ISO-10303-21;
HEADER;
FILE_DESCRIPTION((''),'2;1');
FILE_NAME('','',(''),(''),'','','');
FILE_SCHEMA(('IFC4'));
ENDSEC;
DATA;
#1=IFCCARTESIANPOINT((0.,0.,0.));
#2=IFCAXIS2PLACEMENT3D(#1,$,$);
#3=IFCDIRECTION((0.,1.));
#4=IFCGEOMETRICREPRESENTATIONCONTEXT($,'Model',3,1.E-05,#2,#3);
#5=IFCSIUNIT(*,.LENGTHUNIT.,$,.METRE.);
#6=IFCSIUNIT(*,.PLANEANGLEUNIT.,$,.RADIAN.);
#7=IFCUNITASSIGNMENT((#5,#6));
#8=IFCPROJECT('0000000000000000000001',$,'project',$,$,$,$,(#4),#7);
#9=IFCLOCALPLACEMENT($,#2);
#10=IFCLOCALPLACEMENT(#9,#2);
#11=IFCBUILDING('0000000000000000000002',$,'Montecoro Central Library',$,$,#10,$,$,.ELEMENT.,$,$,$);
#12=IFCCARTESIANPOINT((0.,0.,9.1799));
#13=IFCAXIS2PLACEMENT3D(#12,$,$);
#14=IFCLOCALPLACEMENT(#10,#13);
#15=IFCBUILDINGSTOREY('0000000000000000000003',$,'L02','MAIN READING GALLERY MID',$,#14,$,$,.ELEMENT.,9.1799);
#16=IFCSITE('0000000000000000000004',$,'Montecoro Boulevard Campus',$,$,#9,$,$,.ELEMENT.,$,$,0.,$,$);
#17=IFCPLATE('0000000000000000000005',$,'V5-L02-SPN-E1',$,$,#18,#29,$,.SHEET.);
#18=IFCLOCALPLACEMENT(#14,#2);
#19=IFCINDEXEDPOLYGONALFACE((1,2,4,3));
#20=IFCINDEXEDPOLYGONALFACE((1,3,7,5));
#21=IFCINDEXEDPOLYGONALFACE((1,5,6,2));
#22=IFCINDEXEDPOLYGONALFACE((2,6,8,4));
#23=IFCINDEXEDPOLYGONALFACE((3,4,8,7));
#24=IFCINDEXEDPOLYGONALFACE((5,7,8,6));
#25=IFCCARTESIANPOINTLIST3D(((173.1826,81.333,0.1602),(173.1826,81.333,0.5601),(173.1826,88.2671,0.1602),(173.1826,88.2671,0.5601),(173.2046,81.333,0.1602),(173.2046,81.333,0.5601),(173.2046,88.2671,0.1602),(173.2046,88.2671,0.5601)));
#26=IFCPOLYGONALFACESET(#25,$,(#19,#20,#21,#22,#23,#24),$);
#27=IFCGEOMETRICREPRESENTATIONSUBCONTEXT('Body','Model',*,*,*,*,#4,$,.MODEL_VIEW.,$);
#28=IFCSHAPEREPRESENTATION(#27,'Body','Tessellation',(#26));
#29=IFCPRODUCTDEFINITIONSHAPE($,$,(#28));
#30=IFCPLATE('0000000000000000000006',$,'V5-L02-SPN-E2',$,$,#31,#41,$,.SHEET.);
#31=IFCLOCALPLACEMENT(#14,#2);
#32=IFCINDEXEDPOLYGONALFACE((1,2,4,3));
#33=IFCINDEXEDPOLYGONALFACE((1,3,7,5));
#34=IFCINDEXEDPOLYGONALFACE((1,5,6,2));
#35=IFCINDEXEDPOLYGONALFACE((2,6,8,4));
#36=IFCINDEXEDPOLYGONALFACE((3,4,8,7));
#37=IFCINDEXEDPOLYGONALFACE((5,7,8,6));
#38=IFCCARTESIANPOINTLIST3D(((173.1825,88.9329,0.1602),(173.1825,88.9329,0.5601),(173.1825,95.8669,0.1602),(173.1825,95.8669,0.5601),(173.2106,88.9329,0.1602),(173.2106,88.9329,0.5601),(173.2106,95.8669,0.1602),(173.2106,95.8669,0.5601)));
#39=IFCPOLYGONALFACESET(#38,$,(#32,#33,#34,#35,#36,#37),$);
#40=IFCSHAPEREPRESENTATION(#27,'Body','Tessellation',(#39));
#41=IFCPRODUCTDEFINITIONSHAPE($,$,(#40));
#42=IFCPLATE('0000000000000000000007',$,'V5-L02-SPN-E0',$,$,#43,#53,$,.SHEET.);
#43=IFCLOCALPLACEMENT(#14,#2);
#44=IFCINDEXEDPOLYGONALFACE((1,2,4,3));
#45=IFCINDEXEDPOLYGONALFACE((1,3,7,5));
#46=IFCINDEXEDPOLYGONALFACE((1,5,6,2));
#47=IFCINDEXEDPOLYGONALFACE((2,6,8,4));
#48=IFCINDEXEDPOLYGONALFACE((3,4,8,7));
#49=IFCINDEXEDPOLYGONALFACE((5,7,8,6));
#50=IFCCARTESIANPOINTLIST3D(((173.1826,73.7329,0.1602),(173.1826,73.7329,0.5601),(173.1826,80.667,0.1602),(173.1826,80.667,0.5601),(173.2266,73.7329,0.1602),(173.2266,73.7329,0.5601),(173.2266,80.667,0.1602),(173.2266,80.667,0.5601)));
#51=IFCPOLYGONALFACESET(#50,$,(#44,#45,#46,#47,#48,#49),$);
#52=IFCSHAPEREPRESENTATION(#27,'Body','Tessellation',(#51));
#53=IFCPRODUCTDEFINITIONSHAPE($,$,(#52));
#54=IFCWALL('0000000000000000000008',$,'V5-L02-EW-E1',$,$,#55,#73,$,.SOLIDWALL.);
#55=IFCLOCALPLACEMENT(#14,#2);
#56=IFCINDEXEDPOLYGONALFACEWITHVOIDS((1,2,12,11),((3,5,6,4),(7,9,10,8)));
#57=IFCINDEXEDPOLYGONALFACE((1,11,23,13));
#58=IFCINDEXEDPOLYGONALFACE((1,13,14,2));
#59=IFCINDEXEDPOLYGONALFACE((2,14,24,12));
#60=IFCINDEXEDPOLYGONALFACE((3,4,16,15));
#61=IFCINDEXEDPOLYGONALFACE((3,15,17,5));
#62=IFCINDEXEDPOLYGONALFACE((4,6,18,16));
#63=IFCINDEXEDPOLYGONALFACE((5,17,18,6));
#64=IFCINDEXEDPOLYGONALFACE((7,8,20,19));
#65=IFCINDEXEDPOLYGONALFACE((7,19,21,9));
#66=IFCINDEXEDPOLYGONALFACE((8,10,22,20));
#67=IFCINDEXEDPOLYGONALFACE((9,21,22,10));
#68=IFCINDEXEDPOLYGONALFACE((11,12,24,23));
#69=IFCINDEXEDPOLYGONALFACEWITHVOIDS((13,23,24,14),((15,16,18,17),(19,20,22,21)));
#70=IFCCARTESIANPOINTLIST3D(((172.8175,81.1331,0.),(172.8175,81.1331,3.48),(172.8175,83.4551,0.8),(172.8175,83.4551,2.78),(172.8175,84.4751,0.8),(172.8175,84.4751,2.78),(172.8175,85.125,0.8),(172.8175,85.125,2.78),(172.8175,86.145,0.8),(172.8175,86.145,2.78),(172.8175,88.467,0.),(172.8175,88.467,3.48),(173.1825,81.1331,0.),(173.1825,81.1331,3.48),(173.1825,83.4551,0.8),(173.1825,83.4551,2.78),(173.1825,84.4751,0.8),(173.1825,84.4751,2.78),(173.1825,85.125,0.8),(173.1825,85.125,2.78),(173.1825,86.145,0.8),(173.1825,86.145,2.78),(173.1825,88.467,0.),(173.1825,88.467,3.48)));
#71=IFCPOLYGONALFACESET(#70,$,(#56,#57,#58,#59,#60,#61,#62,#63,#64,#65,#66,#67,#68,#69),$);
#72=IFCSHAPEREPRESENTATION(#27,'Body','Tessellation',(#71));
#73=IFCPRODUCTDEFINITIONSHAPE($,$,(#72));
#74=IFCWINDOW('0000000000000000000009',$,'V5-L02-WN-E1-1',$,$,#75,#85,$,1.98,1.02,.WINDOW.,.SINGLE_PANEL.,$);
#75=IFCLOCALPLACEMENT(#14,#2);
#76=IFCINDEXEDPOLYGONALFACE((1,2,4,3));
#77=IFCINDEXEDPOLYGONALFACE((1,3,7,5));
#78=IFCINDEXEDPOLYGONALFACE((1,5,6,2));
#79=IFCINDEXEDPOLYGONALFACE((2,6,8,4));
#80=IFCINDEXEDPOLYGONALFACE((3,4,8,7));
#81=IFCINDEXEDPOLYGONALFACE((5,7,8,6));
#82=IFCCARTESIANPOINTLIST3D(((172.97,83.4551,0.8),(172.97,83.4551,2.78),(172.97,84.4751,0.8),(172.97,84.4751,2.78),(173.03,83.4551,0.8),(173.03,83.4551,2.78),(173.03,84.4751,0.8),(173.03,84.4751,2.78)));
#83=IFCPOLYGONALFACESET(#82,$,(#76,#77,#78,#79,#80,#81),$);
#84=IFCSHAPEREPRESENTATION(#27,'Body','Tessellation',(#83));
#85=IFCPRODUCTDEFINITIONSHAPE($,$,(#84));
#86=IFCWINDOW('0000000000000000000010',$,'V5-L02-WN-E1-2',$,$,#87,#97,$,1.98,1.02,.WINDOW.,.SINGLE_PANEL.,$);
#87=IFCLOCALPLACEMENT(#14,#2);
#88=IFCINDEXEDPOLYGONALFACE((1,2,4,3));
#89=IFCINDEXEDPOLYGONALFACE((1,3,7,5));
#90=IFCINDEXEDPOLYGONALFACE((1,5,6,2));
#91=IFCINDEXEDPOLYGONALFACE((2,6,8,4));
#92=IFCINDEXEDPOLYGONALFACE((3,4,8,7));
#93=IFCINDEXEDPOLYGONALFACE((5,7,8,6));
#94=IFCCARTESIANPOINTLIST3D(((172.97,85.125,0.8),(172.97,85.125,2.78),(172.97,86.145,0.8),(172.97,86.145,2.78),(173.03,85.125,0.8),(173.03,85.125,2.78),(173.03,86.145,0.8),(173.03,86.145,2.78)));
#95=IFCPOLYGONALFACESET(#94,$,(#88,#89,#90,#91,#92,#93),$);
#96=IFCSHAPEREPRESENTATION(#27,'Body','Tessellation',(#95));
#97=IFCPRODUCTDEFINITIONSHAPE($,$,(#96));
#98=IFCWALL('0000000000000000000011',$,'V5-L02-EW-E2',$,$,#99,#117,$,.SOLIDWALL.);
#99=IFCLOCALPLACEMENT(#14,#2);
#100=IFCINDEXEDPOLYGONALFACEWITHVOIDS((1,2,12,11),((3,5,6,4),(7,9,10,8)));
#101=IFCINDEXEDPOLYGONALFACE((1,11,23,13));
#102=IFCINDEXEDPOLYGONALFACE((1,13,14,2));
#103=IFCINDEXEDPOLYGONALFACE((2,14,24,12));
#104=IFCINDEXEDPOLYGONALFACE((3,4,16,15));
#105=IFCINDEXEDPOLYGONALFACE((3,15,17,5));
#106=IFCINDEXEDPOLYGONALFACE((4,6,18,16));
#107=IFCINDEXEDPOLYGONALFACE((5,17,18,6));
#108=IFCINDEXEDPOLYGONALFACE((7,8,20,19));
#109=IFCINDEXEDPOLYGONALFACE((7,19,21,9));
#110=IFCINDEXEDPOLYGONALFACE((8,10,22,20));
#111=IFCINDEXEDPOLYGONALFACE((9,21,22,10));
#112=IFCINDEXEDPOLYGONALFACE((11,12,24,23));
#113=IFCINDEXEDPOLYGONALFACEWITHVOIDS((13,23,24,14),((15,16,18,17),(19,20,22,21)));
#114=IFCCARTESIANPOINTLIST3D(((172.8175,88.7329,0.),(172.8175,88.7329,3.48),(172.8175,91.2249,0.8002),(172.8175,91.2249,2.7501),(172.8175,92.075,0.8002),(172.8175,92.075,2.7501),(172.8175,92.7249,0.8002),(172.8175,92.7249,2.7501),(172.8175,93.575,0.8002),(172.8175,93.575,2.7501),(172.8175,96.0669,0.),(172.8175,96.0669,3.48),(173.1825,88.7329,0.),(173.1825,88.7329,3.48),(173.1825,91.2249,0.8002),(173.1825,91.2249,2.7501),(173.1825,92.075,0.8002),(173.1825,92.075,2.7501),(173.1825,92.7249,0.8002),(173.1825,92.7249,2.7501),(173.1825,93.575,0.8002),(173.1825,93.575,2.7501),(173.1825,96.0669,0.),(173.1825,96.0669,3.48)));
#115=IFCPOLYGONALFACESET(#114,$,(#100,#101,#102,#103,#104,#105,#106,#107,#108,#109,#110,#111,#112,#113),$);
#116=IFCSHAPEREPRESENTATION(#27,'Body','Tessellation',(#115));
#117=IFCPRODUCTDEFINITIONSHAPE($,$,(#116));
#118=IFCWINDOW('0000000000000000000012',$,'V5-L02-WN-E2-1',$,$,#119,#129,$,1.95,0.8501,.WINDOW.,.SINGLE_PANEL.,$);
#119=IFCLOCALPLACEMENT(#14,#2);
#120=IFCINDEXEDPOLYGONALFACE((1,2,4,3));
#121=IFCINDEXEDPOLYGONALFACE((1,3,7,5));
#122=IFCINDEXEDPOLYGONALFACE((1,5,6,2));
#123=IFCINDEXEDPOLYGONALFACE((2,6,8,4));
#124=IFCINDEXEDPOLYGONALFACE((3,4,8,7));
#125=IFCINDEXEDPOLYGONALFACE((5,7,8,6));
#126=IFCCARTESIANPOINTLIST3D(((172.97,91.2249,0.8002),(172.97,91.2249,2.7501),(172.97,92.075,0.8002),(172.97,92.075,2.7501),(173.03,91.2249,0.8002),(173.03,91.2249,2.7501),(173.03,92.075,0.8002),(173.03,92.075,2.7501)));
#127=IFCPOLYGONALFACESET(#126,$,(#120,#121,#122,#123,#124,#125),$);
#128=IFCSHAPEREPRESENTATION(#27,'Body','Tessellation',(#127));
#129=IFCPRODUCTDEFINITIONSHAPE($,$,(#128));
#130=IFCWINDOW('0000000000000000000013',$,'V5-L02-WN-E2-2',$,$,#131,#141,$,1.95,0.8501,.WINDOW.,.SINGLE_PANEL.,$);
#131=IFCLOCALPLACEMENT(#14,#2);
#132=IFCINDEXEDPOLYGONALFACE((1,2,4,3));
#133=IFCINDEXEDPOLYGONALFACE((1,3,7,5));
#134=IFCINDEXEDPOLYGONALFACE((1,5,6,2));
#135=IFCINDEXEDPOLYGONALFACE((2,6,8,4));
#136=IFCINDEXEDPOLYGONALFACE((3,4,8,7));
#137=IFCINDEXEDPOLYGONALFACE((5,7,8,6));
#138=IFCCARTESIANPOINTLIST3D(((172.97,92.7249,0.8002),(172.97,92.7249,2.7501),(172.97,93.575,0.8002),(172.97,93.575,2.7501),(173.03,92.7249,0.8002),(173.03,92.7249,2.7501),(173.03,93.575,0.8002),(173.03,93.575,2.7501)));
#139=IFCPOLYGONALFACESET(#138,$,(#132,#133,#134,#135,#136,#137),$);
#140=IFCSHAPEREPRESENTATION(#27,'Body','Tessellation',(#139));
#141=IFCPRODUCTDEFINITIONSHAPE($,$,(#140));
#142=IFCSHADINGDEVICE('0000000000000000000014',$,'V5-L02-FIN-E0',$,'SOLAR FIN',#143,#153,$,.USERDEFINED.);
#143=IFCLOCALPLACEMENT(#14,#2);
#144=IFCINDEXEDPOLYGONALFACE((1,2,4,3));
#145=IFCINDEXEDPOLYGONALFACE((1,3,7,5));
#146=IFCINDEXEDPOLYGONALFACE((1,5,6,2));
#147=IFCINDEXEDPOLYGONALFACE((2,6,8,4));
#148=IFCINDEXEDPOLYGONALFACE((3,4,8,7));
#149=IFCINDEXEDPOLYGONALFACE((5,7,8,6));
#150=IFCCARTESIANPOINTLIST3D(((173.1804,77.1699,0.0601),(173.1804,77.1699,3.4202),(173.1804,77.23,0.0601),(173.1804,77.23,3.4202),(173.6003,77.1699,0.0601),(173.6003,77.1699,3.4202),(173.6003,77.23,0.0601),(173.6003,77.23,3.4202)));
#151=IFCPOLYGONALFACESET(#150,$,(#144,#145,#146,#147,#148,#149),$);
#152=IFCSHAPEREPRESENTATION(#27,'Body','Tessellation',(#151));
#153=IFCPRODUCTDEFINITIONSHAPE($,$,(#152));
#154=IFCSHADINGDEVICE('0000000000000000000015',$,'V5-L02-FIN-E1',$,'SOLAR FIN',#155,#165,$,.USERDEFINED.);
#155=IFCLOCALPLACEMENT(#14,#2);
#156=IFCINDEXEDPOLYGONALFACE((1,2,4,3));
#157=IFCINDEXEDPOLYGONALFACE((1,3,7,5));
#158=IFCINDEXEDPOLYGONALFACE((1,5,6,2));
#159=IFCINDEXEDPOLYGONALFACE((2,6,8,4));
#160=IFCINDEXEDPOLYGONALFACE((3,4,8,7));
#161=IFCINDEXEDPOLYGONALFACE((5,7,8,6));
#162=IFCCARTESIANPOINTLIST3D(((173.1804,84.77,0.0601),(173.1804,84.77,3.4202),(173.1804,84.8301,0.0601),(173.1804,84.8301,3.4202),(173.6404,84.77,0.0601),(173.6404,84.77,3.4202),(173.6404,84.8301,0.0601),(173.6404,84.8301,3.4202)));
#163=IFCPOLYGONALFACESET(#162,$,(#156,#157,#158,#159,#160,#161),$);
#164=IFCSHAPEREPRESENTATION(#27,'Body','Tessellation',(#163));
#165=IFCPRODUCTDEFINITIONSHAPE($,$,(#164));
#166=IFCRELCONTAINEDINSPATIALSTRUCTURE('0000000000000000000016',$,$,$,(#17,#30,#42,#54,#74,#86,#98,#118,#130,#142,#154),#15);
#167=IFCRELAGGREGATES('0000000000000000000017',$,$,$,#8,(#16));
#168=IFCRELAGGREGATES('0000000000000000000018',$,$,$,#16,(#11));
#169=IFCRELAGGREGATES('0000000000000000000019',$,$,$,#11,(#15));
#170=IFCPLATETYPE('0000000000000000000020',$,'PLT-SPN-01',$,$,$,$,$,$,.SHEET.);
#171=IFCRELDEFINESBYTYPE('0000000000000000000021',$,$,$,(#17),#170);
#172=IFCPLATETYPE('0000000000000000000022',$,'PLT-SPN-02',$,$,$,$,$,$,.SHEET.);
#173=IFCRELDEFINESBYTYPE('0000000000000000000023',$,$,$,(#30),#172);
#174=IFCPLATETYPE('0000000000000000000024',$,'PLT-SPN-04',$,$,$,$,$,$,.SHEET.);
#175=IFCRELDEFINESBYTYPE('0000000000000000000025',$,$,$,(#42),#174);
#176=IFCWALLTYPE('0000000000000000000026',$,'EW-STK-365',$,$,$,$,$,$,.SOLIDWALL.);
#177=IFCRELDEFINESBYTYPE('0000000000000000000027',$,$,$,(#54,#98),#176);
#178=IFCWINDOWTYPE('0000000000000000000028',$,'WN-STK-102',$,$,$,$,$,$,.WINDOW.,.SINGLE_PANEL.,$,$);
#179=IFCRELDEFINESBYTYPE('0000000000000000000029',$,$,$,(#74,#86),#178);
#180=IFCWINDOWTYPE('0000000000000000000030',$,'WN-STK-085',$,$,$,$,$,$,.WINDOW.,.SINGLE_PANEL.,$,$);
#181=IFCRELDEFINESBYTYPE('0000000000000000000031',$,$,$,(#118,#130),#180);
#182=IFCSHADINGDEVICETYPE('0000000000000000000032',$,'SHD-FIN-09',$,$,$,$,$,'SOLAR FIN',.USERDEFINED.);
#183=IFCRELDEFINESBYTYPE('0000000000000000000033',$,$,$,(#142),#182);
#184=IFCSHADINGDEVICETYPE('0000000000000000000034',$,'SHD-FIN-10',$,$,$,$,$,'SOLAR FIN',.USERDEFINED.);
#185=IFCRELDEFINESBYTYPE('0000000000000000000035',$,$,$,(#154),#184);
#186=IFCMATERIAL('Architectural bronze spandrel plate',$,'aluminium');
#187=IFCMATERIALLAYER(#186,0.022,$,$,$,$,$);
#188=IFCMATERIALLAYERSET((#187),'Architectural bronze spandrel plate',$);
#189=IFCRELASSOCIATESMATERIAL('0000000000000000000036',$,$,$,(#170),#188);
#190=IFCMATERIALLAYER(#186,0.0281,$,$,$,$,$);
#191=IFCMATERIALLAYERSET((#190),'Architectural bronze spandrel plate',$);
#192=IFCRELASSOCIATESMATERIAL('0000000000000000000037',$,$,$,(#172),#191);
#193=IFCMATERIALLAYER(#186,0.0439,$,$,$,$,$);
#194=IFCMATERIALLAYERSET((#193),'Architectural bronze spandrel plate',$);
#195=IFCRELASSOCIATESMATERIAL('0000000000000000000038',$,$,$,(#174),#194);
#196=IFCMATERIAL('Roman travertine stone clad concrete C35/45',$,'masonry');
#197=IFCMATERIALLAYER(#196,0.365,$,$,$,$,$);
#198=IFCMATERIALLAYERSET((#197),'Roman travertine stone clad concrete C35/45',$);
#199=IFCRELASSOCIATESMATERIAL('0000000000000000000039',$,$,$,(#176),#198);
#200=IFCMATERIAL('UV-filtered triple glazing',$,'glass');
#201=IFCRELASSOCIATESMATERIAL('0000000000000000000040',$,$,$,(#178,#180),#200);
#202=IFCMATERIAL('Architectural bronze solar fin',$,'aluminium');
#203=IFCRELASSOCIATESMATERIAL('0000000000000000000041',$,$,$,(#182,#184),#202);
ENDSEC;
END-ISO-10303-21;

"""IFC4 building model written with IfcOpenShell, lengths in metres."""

from ifc_helpers import new_model, si_unit, direction, frame, frame_2d, origin, origin_2d, place, context, subcontext, project, spatial, rectangle, extrude, material, layer, layer_set, type_object, element, fill, save


model = new_model("IFC4")

# Units and contexts
model_context = context("Model", 3, precision=1e-05, world=origin(), true_north=direction((0.0, 1.0)))
body_context = subcontext(model_context, "Body", "Model", "MODEL_VIEW")
ifc_project = project(units=[si_unit("LENGTHUNIT", "METRE"), si_unit("PLANEANGLEUNIT", "RADIAN")], contexts=[model_context])

# Site, building, storey
site_placement = place(None, origin())
site = spatial("IfcSite", under=ifc_project, at=site_placement, Name="Montecoro Boulevard Campus", CompositionType="ELEMENT", RefElevation=0.0)
building_placement = place(site_placement, origin())
building = spatial("IfcBuilding", under=site, at=building_placement, Name="Montecoro Central Library", CompositionType="ELEMENT")
storey_placement = place(building_placement, frame((0.0, 0.0, 9.1799)))
storey = spatial("IfcBuildingStorey", under=building, at=storey_placement, Name="L02", Description="MAIN READING GALLERY MID", CompositionType="ELEMENT", Elevation=9.1799)

# Plates
ifc_material_1 = material(Name="Architectural bronze spandrel plate", Category="aluminium")
ifc_layer_1 = layer(ifc_material_1, 0.022)
ifc_layer_set_1 = layer_set([ifc_layer_1], Name="Architectural bronze spandrel plate")
plate_type_1 = type_object("IfcPlateType", Name="PLT-SPN-01", PredefinedType="SHEET", material=ifc_layer_set_1)
plate_1_placement = place(storey_placement, frame((173.1936, 84.8, 0.1602), z_axis=(0.0, 0.0, 1.0), x_axis=(0.0, 1.0, 0.0)))
element("IfcPlate", 1, at=plate_1_placement, inside=storey, type_object=plate_type_1, Name="V5-L02-SPN-E1", PredefinedType="SHEET", context=body_context, shape_type="SweptSolid", body=[
    extrude(rectangle(XDim=6.9341, YDim=0.022, at=origin_2d()), origin(), (0.0, 0.0, 1.0), 0.3999),
])
ifc_layer_2 = layer(ifc_material_1, 0.0281)
ifc_layer_set_2 = layer_set([ifc_layer_2], Name="Architectural bronze spandrel plate")
plate_type_2 = type_object("IfcPlateType", Name="PLT-SPN-02", PredefinedType="SHEET", material=ifc_layer_set_2)
plate_2_placement = place(storey_placement, frame((173.1965, 92.3999, 0.1602), z_axis=(0.0, 0.0, 1.0), x_axis=(0.0, 1.0, 0.0)))
element("IfcPlate", 2, at=plate_2_placement, inside=storey, type_object=plate_type_2, Name="V5-L02-SPN-E2", PredefinedType="SHEET", context=body_context, shape_type="SweptSolid", body=[
    extrude(rectangle(XDim=6.9341, YDim=0.0281, at=origin_2d()), origin(), (0.0, 0.0, 1.0), 0.3999),
])
ifc_layer_3 = layer(ifc_material_1, 0.0439)
ifc_layer_set_3 = layer_set([ifc_layer_3], Name="Architectural bronze spandrel plate")
plate_type_3 = type_object("IfcPlateType", Name="PLT-SPN-04", PredefinedType="SHEET", material=ifc_layer_set_3)
plate_3_placement = place(storey_placement, frame((173.2046, 77.2, 0.1602), z_axis=(0.0, 0.0, 1.0), x_axis=(0.0, 1.0, 0.0)))
element("IfcPlate", 3, at=plate_3_placement, inside=storey, type_object=plate_type_3, Name="V5-L02-SPN-E0", PredefinedType="SHEET", context=body_context, shape_type="SweptSolid", body=[
    extrude(rectangle(XDim=6.9341, YDim=0.0439, at=origin_2d()), origin(), (0.0, 0.0, 1.0), 0.3999),
])

# Walls, openings, windows
ifc_material_2 = material(Name="Roman travertine stone clad concrete C35/45", Category="masonry")
ifc_layer_4 = layer(ifc_material_2, 0.365)
ifc_layer_set_4 = layer_set([ifc_layer_4], Name="Roman travertine stone clad concrete C35/45")
wall_type = type_object("IfcWallType", Name="EW-STK-365", PredefinedType="SOLIDWALL", material=ifc_layer_set_4)
wall_1_placement = place(storey_placement, frame((173.0, 81.1331, 0.0), z_axis=(0.0, 0.0, 1.0), x_axis=(0.0, 1.0, 0.0)))
wall_1 = element("IfcWall", 4, at=wall_1_placement, inside=storey, type_object=wall_type, Name="V5-L02-EW-E1", PredefinedType="SOLIDWALL", context=body_context, shape_type="SweptSolid", body=[
    extrude(rectangle(XDim=7.334, YDim=0.365, at=frame_2d((3.667, 0.0))), origin(), (0.0, 0.0, 1.0), 3.48),
])
opening_1_placement = place(wall_1_placement, frame((2.322, 0.0, 0.8)))
opening_1 = element("IfcOpeningElement", 5, at=opening_1_placement, cuts=wall_1, PredefinedType="OPENING", context=body_context, shape_type="SweptSolid", body=[
    extrude(rectangle(XDim=1.02, YDim=1.98, at=frame_2d((0.51, 0.99))), frame((0.0, 0.1924, 0.0), z_axis=(0.0, -1.0, 0.0), x_axis=(1.0, 0.0, 0.0)), (0.0, 0.0, 1.0), 0.385),
])
opening_2_placement = place(wall_1_placement, frame((3.9919, 0.0, 0.8)))
opening_2 = element("IfcOpeningElement", 6, at=opening_2_placement, cuts=wall_1, PredefinedType="OPENING", context=body_context, shape_type="SweptSolid", body=[
    extrude(rectangle(XDim=1.02, YDim=1.98, at=frame_2d((0.51, 0.99))), frame((0.0, 0.1924, 0.0), z_axis=(0.0, -1.0, 0.0), x_axis=(1.0, 0.0, 0.0)), (0.0, 0.0, 1.0), 0.385),
])
ifc_material_3 = material(Name="UV-filtered triple glazing", Category="glass")
window_type_1 = type_object("IfcWindowType", Name="WN-STK-102", PartitioningType="SINGLE_PANEL", PredefinedType="WINDOW", material=ifc_material_3)
window_1_placement = place(opening_1_placement, origin())
window_1 = element("IfcWindow", 7, at=window_1_placement, inside=storey, type_object=window_type_1, Name="V5-L02-WN-E1-1", OverallHeight=1.98, OverallWidth=1.02, PartitioningType="SINGLE_PANEL", PredefinedType="WINDOW", context=body_context, shape_type="SweptSolid", body=[
    extrude(rectangle(XDim=1.02, YDim=1.98, at=frame_2d((0.51, 0.99))), frame((0.0, 0.03, 0.0), z_axis=(0.0, -1.0, 0.0), x_axis=(1.0, 0.0, 0.0)), (0.0, 0.0, 1.0), 0.0601),
])
fill(opening_1, window_1)
window_2_placement = place(opening_2_placement, origin())
window_2 = element("IfcWindow", 8, at=window_2_placement, inside=storey, type_object=window_type_1, Name="V5-L02-WN-E1-2", OverallHeight=1.98, OverallWidth=1.02, PartitioningType="SINGLE_PANEL", PredefinedType="WINDOW", context=body_context, shape_type="SweptSolid", body=[
    extrude(rectangle(XDim=1.02, YDim=1.98, at=frame_2d((0.51, 0.99))), frame((0.0, 0.03, 0.0), z_axis=(0.0, -1.0, 0.0), x_axis=(1.0, 0.0, 0.0)), (0.0, 0.0, 1.0), 0.0601),
])
fill(opening_2, window_2)
wall_2_placement = place(storey_placement, frame((173.0, 88.7329, 0.0), z_axis=(0.0, 0.0, 1.0), x_axis=(0.0, 1.0, 0.0)))
wall_2 = element("IfcWall", 9, at=wall_2_placement, inside=storey, type_object=wall_type, Name="V5-L02-EW-E2", PredefinedType="SOLIDWALL", context=body_context, shape_type="SweptSolid", body=[
    extrude(rectangle(XDim=7.334, YDim=0.365, at=frame_2d((3.667, 0.0))), origin(), (0.0, 0.0, 1.0), 3.48),
])
opening_3_placement = place(wall_2_placement, frame((2.4919, 0.0, 0.8)))
opening_3 = element("IfcOpeningElement", 10, at=opening_3_placement, cuts=wall_2, PredefinedType="OPENING", context=body_context, shape_type="SweptSolid", body=[
    extrude(rectangle(XDim=0.8501, YDim=1.95, at=frame_2d((0.425, 0.9751))), frame((0.0, 0.1924, 0.0), z_axis=(0.0, -1.0, 0.0), x_axis=(1.0, 0.0, 0.0)), (0.0, 0.0, 1.0), 0.385),
])
opening_4_placement = place(wall_2_placement, frame((3.9919, 0.0, 0.8)))
opening_4 = element("IfcOpeningElement", 11, at=opening_4_placement, cuts=wall_2, PredefinedType="OPENING", context=body_context, shape_type="SweptSolid", body=[
    extrude(rectangle(XDim=0.8501, YDim=1.95, at=frame_2d((0.425, 0.9751))), frame((0.0, 0.1924, 0.0), z_axis=(0.0, -1.0, 0.0), x_axis=(1.0, 0.0, 0.0)), (0.0, 0.0, 1.0), 0.385),
])
window_type_2 = type_object("IfcWindowType", Name="WN-STK-085", PartitioningType="SINGLE_PANEL", PredefinedType="WINDOW", material=ifc_material_3)
window_3_placement = place(opening_3_placement, origin())
window_3 = element("IfcWindow", 12, at=window_3_placement, inside=storey, type_object=window_type_2, Name="V5-L02-WN-E2-1", OverallHeight=1.95, OverallWidth=0.8501, PartitioningType="SINGLE_PANEL", PredefinedType="WINDOW", context=body_context, shape_type="SweptSolid", body=[
    extrude(rectangle(XDim=0.8501, YDim=1.95, at=frame_2d((0.425, 0.9751))), frame((0.0, 0.03, 0.0), z_axis=(0.0, -1.0, 0.0), x_axis=(1.0, 0.0, 0.0)), (0.0, 0.0, 1.0), 0.0601),
])
fill(opening_3, window_3)
window_4_placement = place(opening_4_placement, origin())
window_4 = element("IfcWindow", 13, at=window_4_placement, inside=storey, type_object=window_type_2, Name="V5-L02-WN-E2-2", OverallHeight=1.95, OverallWidth=0.8501, PartitioningType="SINGLE_PANEL", PredefinedType="WINDOW", context=body_context, shape_type="SweptSolid", body=[
    extrude(rectangle(XDim=0.8501, YDim=1.95, at=frame_2d((0.425, 0.9751))), frame((0.0, 0.03, 0.0), z_axis=(0.0, -1.0, 0.0), x_axis=(1.0, 0.0, 0.0)), (0.0, 0.0, 1.0), 0.0601),
])
fill(opening_4, window_4)

# Shading devices
ifc_material_4 = material(Name="Architectural bronze solar fin", Category="aluminium")
shading_device_type_1 = type_object("IfcShadingDeviceType", Name="SHD-FIN-09", ElementType="SOLAR FIN", PredefinedType="USERDEFINED", material=ifc_material_4)
shading_device_1_placement = place(storey_placement, frame((173.3904, 77.2, 0.0601), z_axis=(0.0, 0.0, 1.0), x_axis=(0.0, 1.0, 0.0)))
element("IfcShadingDevice", 14, at=shading_device_1_placement, inside=storey, type_object=shading_device_type_1, Name="V5-L02-FIN-E0", ObjectType="SOLAR FIN", PredefinedType="USERDEFINED", context=body_context, shape_type="SweptSolid", body=[
    extrude(rectangle(XDim=0.0601, YDim=0.4199, at=origin_2d()), origin(), (0.0, 0.0, 1.0), 3.3601),
])
shading_device_type_2 = type_object("IfcShadingDeviceType", Name="SHD-FIN-10", ElementType="SOLAR FIN", PredefinedType="USERDEFINED", material=ifc_material_4)
shading_device_2_placement = place(storey_placement, frame((173.4104, 84.8, 0.0601), z_axis=(0.0, 0.0, 1.0), x_axis=(0.0, 1.0, 0.0)))
element("IfcShadingDevice", 15, at=shading_device_2_placement, inside=storey, type_object=shading_device_type_2, Name="V5-L02-FIN-E1", ObjectType="SOLAR FIN", PredefinedType="USERDEFINED", context=body_context, shape_type="SweptSolid", body=[
    extrude(rectangle(XDim=0.0601, YDim=0.46, at=origin_2d()), origin(), (0.0, 0.0, 1.0), 3.3601),
])

save(model, "model.ifc")
